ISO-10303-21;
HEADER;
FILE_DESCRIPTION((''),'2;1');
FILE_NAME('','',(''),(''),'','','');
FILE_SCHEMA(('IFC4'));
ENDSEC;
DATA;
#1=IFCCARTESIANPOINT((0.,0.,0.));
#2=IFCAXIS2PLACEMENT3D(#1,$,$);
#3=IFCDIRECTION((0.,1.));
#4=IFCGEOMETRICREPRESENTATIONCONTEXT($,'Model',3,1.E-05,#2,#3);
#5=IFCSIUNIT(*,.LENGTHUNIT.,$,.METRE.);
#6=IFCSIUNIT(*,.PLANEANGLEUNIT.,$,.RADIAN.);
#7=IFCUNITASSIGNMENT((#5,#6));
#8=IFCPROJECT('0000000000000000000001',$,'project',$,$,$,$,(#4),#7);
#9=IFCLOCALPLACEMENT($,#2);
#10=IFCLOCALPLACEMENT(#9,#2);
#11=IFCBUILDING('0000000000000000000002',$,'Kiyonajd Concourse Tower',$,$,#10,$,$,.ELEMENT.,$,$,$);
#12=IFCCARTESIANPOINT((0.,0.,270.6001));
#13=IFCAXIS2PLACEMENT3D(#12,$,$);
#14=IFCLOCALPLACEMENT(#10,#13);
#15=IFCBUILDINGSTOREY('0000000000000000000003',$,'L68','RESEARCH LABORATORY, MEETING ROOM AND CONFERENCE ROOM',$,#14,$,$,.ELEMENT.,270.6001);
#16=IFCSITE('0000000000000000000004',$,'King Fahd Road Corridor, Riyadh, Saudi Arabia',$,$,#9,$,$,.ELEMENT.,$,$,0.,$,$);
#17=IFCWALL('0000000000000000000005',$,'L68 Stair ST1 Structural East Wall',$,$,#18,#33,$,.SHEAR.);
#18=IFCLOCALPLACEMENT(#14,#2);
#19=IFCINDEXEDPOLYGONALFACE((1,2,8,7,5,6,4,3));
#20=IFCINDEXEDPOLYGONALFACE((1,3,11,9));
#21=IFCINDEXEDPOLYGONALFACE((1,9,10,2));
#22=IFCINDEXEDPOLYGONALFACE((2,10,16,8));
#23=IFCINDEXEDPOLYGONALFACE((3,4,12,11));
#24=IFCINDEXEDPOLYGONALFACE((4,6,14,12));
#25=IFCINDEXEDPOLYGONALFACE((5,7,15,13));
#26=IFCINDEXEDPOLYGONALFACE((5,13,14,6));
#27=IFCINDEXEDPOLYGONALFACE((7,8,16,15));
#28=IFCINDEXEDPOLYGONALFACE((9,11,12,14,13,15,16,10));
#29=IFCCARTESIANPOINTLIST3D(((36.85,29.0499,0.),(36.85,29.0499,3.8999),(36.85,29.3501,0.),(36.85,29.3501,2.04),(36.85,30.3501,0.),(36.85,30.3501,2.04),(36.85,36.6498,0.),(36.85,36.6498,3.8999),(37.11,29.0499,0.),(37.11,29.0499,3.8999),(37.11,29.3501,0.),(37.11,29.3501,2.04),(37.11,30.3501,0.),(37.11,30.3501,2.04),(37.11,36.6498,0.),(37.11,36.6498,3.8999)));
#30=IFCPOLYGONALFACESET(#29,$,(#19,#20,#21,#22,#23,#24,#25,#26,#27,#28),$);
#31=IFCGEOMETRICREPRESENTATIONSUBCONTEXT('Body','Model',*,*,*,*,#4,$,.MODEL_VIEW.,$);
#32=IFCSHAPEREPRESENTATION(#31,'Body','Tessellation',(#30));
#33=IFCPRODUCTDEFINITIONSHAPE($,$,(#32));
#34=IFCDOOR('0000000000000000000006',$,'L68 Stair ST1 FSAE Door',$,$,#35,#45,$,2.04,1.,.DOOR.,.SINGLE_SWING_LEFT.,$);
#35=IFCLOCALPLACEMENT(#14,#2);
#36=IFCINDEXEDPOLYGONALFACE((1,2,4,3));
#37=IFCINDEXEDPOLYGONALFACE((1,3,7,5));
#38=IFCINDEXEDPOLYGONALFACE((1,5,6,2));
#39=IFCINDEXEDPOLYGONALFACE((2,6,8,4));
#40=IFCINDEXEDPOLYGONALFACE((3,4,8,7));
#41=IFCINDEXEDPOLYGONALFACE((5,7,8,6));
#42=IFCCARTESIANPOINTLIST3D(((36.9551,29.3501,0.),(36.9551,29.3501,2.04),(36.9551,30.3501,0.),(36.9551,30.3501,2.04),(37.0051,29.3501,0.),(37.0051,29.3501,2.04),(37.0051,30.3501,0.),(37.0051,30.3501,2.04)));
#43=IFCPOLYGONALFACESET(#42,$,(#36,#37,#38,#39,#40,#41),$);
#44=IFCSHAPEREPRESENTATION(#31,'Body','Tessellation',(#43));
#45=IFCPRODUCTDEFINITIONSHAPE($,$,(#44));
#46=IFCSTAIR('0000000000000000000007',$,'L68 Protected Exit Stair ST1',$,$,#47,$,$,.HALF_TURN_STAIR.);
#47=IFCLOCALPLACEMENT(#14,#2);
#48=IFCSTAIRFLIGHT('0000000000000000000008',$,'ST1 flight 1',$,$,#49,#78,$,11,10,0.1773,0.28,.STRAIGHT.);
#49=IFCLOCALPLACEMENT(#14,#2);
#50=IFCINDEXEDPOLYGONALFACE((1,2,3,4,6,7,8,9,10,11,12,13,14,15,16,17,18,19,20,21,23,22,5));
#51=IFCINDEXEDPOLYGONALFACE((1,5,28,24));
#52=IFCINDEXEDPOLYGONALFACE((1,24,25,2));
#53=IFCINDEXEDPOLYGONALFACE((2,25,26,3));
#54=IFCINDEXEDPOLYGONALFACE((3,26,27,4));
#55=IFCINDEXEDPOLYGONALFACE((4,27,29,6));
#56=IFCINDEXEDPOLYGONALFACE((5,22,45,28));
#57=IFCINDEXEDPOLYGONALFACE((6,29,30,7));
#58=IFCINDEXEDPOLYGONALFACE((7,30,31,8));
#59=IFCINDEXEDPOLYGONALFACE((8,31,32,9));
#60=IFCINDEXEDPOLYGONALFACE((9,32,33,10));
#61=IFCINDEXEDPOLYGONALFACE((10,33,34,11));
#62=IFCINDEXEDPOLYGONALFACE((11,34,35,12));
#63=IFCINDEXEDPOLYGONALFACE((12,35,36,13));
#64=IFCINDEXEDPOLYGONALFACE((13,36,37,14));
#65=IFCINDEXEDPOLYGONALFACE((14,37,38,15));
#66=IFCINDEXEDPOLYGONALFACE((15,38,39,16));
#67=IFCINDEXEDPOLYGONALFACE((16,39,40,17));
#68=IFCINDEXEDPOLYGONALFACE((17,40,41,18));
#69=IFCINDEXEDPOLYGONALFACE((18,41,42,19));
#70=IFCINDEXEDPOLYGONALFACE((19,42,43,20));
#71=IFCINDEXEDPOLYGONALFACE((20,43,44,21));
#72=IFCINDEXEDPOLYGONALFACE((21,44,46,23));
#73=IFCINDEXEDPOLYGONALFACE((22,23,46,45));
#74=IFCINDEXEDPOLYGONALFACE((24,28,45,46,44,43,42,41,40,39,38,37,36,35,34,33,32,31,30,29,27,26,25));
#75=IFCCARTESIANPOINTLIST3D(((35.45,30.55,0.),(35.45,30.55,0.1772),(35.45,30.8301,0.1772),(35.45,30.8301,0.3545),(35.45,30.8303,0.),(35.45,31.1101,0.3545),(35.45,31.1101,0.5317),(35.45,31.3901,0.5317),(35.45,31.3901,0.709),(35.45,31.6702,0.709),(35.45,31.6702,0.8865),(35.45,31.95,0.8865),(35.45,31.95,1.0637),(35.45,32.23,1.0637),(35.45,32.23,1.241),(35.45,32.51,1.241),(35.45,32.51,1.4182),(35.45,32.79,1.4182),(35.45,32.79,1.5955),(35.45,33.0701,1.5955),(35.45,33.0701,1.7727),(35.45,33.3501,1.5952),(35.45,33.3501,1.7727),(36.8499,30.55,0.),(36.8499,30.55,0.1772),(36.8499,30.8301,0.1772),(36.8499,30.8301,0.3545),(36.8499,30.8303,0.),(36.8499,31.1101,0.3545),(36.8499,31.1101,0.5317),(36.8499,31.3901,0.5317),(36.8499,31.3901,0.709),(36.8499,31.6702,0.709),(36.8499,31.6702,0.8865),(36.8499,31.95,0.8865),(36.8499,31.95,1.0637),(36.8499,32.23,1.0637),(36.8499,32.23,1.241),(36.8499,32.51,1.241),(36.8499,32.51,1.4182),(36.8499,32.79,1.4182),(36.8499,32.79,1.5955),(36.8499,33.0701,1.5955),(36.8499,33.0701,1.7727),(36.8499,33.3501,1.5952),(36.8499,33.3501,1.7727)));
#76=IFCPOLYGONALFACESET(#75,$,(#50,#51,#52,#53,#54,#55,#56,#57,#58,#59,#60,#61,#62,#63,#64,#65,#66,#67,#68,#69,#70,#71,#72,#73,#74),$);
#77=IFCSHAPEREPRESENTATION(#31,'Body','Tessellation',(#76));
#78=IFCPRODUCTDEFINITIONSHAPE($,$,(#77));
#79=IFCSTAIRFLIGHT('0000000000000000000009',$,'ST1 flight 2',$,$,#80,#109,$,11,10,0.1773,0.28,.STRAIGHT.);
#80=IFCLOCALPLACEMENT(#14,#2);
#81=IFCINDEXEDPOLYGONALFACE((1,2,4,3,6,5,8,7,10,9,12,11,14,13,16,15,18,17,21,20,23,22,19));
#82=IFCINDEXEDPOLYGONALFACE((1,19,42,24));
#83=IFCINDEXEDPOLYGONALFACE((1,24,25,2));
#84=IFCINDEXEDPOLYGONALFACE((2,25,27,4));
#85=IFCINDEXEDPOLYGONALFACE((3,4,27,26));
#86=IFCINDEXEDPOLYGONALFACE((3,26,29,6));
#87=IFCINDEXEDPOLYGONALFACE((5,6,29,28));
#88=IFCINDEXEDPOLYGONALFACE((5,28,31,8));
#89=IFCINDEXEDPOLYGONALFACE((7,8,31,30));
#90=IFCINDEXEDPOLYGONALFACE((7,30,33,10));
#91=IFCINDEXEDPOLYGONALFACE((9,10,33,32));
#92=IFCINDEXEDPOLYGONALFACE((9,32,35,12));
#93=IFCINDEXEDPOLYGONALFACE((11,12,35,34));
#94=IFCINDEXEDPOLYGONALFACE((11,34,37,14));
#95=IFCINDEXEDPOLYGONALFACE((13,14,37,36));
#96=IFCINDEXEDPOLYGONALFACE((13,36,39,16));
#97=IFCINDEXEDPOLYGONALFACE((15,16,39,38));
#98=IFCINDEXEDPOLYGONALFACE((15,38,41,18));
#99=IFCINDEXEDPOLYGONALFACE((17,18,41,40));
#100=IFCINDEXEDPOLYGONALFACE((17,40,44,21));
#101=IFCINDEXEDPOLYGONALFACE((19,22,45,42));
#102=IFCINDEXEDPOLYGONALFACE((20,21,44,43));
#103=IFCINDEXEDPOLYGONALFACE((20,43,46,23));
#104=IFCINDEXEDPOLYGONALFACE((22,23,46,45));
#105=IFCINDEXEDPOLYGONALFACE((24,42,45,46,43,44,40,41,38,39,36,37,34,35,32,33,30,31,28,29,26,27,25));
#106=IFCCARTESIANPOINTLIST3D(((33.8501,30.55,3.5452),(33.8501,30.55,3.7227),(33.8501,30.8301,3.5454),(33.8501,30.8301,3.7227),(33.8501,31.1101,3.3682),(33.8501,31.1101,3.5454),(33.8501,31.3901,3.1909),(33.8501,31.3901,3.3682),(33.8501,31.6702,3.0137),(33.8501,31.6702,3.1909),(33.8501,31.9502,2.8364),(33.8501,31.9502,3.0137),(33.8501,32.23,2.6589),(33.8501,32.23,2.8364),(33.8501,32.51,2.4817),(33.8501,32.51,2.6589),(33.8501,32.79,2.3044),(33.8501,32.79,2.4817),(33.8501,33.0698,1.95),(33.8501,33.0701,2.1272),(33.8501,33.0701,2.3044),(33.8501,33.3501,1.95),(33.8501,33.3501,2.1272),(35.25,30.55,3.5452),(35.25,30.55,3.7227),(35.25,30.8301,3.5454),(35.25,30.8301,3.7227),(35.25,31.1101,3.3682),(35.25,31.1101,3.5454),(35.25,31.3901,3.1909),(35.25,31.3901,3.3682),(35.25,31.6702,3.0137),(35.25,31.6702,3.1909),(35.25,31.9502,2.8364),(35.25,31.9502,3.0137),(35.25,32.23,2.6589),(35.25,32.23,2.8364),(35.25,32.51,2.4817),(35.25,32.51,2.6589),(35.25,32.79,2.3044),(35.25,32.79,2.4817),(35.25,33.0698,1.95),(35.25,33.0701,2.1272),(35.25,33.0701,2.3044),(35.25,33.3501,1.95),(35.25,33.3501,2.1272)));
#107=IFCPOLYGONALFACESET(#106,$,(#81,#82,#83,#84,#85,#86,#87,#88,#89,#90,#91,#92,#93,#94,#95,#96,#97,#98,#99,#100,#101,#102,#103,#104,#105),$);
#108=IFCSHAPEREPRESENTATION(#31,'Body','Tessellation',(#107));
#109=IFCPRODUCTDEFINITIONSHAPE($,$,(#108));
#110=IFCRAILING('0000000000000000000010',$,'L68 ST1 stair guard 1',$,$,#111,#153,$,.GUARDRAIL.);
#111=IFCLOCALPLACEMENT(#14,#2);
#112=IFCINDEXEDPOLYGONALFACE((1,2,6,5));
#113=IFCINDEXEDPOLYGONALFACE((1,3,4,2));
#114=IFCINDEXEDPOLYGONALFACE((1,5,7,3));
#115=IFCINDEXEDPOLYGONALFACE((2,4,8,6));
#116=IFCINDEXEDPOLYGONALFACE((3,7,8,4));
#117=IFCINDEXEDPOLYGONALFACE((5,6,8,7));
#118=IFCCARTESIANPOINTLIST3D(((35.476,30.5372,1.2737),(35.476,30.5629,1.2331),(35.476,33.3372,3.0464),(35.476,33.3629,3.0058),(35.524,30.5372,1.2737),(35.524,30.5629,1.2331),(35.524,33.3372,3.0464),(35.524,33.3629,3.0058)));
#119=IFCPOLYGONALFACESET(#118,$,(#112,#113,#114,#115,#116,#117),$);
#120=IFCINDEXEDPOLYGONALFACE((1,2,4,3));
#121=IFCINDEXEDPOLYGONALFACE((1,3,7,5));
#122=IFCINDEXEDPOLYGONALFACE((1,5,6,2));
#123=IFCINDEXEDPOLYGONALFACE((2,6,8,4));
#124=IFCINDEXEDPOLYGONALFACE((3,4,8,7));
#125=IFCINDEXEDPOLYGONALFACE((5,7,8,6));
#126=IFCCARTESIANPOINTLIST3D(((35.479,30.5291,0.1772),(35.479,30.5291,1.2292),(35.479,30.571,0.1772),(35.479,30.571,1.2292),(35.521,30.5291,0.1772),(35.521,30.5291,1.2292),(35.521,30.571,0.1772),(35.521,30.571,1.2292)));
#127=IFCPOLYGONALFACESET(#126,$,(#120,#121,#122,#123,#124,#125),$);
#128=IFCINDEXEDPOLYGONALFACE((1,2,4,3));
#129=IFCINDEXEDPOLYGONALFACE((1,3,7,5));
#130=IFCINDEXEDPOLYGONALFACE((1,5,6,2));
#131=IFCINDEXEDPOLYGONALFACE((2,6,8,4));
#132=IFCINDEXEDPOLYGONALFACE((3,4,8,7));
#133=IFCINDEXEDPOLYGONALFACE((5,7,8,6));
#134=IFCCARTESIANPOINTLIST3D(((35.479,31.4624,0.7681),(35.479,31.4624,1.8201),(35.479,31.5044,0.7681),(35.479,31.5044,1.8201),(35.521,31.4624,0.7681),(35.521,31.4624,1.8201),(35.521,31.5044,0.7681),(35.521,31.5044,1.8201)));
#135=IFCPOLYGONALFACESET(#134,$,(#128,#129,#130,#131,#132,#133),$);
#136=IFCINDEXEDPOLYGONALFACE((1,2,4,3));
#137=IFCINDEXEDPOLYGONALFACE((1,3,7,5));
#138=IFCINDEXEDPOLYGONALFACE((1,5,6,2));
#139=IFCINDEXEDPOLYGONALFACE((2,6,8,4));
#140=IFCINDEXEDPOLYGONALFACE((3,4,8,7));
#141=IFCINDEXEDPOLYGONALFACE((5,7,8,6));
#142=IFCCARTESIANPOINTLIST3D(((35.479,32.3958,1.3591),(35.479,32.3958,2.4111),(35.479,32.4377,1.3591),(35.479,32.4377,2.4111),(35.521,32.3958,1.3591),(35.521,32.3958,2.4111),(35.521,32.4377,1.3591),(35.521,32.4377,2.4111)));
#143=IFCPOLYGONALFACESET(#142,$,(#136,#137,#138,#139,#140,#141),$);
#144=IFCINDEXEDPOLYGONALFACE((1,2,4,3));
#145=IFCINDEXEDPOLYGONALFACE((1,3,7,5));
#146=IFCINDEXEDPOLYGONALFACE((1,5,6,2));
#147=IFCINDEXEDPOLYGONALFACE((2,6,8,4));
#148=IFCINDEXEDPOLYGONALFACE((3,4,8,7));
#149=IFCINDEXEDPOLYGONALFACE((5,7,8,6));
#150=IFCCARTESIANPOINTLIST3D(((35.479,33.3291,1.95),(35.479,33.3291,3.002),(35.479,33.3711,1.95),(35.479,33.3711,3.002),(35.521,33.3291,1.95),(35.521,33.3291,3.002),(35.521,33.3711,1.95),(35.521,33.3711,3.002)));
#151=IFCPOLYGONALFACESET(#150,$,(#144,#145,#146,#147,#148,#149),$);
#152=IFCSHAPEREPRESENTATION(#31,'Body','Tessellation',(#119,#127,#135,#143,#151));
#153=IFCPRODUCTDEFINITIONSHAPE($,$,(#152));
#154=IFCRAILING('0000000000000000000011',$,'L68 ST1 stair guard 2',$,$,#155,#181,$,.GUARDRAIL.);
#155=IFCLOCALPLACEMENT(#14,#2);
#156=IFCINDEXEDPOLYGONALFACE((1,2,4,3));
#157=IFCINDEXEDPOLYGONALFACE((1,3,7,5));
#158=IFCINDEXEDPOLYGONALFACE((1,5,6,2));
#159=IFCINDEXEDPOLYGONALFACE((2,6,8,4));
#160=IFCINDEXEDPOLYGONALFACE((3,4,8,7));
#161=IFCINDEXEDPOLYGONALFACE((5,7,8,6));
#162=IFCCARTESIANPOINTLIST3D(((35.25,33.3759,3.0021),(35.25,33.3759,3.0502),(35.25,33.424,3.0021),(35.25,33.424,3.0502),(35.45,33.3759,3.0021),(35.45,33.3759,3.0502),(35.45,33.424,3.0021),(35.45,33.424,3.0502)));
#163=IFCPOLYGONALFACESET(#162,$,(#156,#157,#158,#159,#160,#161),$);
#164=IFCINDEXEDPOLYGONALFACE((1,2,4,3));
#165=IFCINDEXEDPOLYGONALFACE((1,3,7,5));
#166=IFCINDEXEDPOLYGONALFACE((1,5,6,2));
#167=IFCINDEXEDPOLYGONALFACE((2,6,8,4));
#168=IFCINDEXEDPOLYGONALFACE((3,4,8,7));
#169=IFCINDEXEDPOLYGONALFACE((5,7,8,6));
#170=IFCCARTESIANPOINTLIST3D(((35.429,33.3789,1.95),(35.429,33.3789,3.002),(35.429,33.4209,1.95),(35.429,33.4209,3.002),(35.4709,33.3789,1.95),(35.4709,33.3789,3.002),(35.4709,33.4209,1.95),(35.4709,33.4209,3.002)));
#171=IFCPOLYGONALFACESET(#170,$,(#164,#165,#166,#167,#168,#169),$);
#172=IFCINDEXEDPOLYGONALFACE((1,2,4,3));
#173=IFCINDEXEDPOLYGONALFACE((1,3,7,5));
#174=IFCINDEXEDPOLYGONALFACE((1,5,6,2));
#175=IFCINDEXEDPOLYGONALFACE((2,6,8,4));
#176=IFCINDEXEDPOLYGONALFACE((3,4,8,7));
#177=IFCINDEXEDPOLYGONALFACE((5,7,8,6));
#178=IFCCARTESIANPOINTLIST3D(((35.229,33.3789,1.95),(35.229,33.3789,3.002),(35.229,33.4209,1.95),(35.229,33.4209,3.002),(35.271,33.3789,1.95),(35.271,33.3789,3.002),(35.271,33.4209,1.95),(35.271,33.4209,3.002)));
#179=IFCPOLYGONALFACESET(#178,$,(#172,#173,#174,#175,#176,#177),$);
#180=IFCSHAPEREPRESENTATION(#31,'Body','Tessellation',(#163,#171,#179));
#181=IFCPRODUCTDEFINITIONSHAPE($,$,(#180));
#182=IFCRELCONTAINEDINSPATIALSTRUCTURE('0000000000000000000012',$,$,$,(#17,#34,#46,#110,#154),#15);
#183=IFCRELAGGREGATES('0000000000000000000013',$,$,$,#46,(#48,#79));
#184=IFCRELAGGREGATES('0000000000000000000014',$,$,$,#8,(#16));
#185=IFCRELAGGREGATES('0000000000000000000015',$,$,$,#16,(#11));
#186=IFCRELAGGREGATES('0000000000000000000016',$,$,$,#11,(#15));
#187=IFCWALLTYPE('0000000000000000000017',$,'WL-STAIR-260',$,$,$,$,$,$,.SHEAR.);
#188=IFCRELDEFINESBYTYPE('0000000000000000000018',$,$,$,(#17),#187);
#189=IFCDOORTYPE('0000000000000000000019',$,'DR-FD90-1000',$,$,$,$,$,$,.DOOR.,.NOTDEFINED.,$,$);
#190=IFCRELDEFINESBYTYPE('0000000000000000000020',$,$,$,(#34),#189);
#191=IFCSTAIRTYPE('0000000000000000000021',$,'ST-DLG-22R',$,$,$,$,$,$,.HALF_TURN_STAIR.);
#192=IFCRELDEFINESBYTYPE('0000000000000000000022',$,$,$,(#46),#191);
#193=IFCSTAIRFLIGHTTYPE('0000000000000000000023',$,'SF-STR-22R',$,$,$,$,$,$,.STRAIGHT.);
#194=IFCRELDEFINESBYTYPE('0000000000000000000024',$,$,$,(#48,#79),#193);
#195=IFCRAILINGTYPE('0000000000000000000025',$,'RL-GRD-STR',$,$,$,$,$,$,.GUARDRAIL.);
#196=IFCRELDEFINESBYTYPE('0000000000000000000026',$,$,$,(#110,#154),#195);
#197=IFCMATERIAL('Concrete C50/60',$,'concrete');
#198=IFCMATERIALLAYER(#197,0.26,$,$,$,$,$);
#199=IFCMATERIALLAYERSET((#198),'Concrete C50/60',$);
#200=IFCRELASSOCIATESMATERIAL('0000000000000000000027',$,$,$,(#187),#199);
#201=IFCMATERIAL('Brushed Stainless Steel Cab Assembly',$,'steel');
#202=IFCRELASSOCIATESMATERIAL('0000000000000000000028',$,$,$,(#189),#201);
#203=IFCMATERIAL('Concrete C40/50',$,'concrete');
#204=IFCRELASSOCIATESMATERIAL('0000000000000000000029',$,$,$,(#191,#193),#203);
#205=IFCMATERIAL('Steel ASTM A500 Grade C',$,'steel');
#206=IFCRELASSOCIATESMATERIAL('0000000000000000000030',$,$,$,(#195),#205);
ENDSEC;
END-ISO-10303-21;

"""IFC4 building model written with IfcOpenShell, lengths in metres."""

from ifc_helpers import new_model, si_unit, direction, frame, frame_2d, origin, origin_2d, place, context, subcontext, project, spatial, polyline, rectangle, outline, extrude, material, layer, layer_set, type_object, element, fill, aggregate, save


model = new_model("IFC4")

# Units and contexts
model_context = context("Model", 3, precision=1e-05, world=origin(), true_north=direction((0.0, 1.0)))
body_context = subcontext(model_context, "Body", "Model", "MODEL_VIEW")
ifc_project = project(units=[si_unit("LENGTHUNIT", "METRE"), si_unit("PLANEANGLEUNIT", "RADIAN")], contexts=[model_context])

# Site, building, storey
site_placement = place(None, origin())
site = spatial("IfcSite", under=ifc_project, at=site_placement, Name="King Fahd Road Corridor, Riyadh, Saudi Arabia", CompositionType="ELEMENT", RefElevation=0.0)
building_placement = place(site_placement, origin())
building = spatial("IfcBuilding", under=site, at=building_placement, Name="Kiyonajd Concourse Tower", CompositionType="ELEMENT")
storey_placement = place(building_placement, frame((0.0, 0.0, 270.6001)))
storey = spatial("IfcBuildingStorey", under=building, at=storey_placement, Name="L68", Description="RESEARCH LABORATORY, MEETING ROOM AND CONFERENCE ROOM", CompositionType="ELEMENT", Elevation=270.6001)

# Shared definitions
ifc_material_1 = material(Name="Concrete C50/60", Category="concrete")

# Shared definitions
ifc_material_2 = material(Name="Brushed Stainless Steel Cab Assembly", Category="steel")

# Shared definitions
ifc_layer_1 = layer(ifc_material_1, 0.26)
ifc_layer_set_1 = layer_set([ifc_layer_1], Name="Concrete C50/60")
wall_type_1 = type_object("IfcWallType", Name="WL-STAIR-260", PredefinedType="SHEAR", material=ifc_layer_set_1)

# Wall, opening, door
wall_1_placement = place(storey_placement, frame((36.98, 29.05, 0.0), z_axis=(0.0, 0.0, 1.0), x_axis=(0.0, 1.0, 0.0)))
wall_1 = element("IfcWall", 1, at=wall_1_placement, inside=storey, type_object=wall_type_1, Name="L68 Stair ST1 Structural East Wall", PredefinedType="SHEAR", context=body_context, shape_type="SweptSolid", body=[
    extrude(rectangle(XDim=7.5999, YDim=0.26, at=frame_2d((3.7998, 0.0))), origin(), (0.0, 0.0, 1.0), 3.8999),
])
opening_1_placement = place(wall_1_placement, frame((0.3, 0.0, 0.0)))
opening_1 = element("IfcOpeningElement", 2, at=opening_1_placement, cuts=wall_1, PredefinedType="OPENING", context=body_context, shape_type="SweptSolid", body=[
    extrude(rectangle(XDim=1.0, YDim=2.04, at=frame_2d((0.5, 1.02))), frame((0.0, 0.1399, 0.0), z_axis=(0.0, -1.0, 0.0), x_axis=(1.0, 0.0, 0.0)), (0.0, 0.0, 1.0), 0.28),
])
door_type_1 = type_object("IfcDoorType", Name="DR-FD90-1000", OperationType="NOTDEFINED", PredefinedType="DOOR", material=ifc_material_2)
door_1_placement = place(opening_1_placement, origin())
door_1 = element("IfcDoor", 3, at=door_1_placement, inside=storey, type_object=door_type_1, Name="L68 Stair ST1 FSAE Door", OperationType="SINGLE_SWING_LEFT", OverallHeight=2.04, OverallWidth=1.0, PredefinedType="DOOR", context=body_context, shape_type="SweptSolid", body=[
    extrude(rectangle(XDim=1.0, YDim=2.04, at=frame_2d((0.5, 1.02))), frame((0.0, 0.0249, 0.0), z_axis=(0.0, -1.0, 0.0), x_axis=(1.0, 0.0, 0.0)), (0.0, 0.0, 1.0), 0.05),
])
fill(opening_1, door_1)

# Stair, stair flights
ifc_material_3 = material(Name="Concrete C40/50", Category="concrete")
stair_type = type_object("IfcStairType", Name="ST-DLG-22R", PredefinedType="HALF_TURN_STAIR", material=ifc_material_3)
stair_placement = place(storey_placement, origin())
stair = element("IfcStair", 4, at=stair_placement, inside=storey, type_object=stair_type, Name="L68 Protected Exit Stair ST1", PredefinedType="HALF_TURN_STAIR")
stair_flight_type = type_object("IfcStairFlightType", Name="SF-STR-22R", PredefinedType="STRAIGHT", material=ifc_material_3)
stair_flight_1_placement = place(storey_placement, frame((36.1499, 30.55, 0.0), z_axis=(0.0, 0.0, 1.0), x_axis=(0.0, 1.0, 0.0)))
stair_flight_1 = element("IfcStairFlight", 5, at=stair_flight_1_placement, type_object=stair_flight_type, Name="ST1 flight 1", NumberOfRisers=11, NumberOfTreads=10, PredefinedType="STRAIGHT", RiserHeight=0.1773, TreadLength=0.28, context=body_context, shape_type="SweptSolid", body=[
    extrude(outline(polyline([(0.0, 0.0), (0.0, 0.1772), (0.28, 0.1772), (0.28, 0.3545), (0.5601, 0.3545), (0.5601, 0.5317), (0.8401, 0.5317), (0.8401, 0.709), (1.1201, 0.709), (1.1201, 0.8865), (1.3999, 0.8865), (1.3999, 1.0637), (1.6799, 1.0637), (1.6799, 1.241), (1.96, 1.241), (1.96, 1.4182), (2.24, 1.4182), (2.24, 1.5955), (2.52, 1.5955), (2.52, 1.7727), (2.8, 1.7727), (2.8, 1.95), (2.8, 1.5952), (0.2803, 0.0), (0.0, 0.0)])), frame((0.0, 0.7, 0.0), z_axis=(0.0, -1.0, 0.0), x_axis=(1.0, 0.0, 0.0)), (0.0, 0.0, 1.0), 1.3999),
])
stair_flight_2_placement = place(storey_placement, frame((34.55, 33.3501, 1.95), z_axis=(0.0, 0.0, 1.0), x_axis=(0.0, -1.0, 0.0)))
stair_flight_2 = element("IfcStairFlight", 6, at=stair_flight_2_placement, type_object=stair_flight_type, Name="ST1 flight 2", NumberOfRisers=11, NumberOfTreads=10, PredefinedType="STRAIGHT", RiserHeight=0.1773, TreadLength=0.28, context=body_context, shape_type="SweptSolid", body=[
    extrude(outline(polyline([(0.0, 0.0), (0.0, 0.1772), (0.28, 0.1772), (0.28, 0.3545), (0.5601, 0.3545), (0.5601, 0.5317), (0.8401, 0.5317), (0.8401, 0.709), (1.1201, 0.709), (1.1201, 0.8865), (1.3999, 0.8865), (1.3999, 1.0637), (1.6799, 1.0637), (1.6799, 1.241), (1.96, 1.241), (1.96, 1.4182), (2.24, 1.4182), (2.24, 1.5955), (2.52, 1.5955), (2.52, 1.7727), (2.8, 1.7727), (2.8, 1.95), (2.8, 1.5952), (0.2803, 0.0), (0.0, 0.0)])), frame((0.0, 0.7, 0.0), z_axis=(0.0, -1.0, 0.0), x_axis=(1.0, 0.0, 0.0)), (0.0, 0.0, 1.0), 1.3999),
])
aggregate(stair, [stair_flight_1, stair_flight_2])

# Railings
ifc_material_4 = material(Name="Steel ASTM A500 Grade C", Category="steel")
railing_type_1 = type_object("IfcRailingType", Name="RL-GRD-STR", PredefinedType="GUARDRAIL", material=ifc_material_4)
railing_1_placement = place(storey_placement, frame((35.5, 30.55, 0.1772)))
element("IfcRailing", 7, at=railing_1_placement, inside=storey, type_object=railing_type_1, Name="L68 ST1 stair guard 1", PredefinedType="GUARDRAIL", context=body_context, shape_type="SweptSolid", body=[
    extrude(rectangle(XDim=0.0481, YDim=0.0481, at=origin_2d()), frame((0.0, 0.0, 1.0762), z_axis=(0.0, 0.844909, 0.53491), x_axis=(-1.0, 0.0, 0.0)), (0.0, 0.0, 1.0), 3.314),
    extrude(rectangle(XDim=0.042, YDim=0.042, at=origin_2d()), origin(), (0.0, 0.0, 1.0), 1.052),
    extrude(rectangle(XDim=0.042, YDim=0.042, at=origin_2d()), frame((0.0, 0.9333, 0.5908)), (0.0, 0.0, 1.0), 1.052),
    extrude(rectangle(XDim=0.042, YDim=0.042, at=origin_2d()), frame((0.0, 1.8667, 1.1819)), (0.0, 0.0, 1.0), 1.052),
    extrude(rectangle(XDim=0.042, YDim=0.042, at=origin_2d()), frame((0.0, 2.8, 1.7727)), (0.0, 0.0, 1.0), 1.052),
])
railing_2_placement = place(storey_placement, frame((35.45, 33.3999, 1.95)))
element("IfcRailing", 8, at=railing_2_placement, inside=storey, type_object=railing_type_1, Name="L68 ST1 stair guard 2", PredefinedType="GUARDRAIL", context=body_context, shape_type="SweptSolid", body=[
    extrude(rectangle(XDim=0.0481, YDim=0.0481, at=origin_2d()), frame((0.0, 0.0, 1.0762), z_axis=(-1.0, 0.0, 0.0), x_axis=(0.0, -1.0, 0.0)), (0.0, 0.0, 1.0), 0.2),
    extrude(rectangle(XDim=0.042, YDim=0.042, at=origin_2d()), origin(), (0.0, 0.0, 1.0), 1.052),
    extrude(rectangle(XDim=0.042, YDim=0.042, at=origin_2d()), frame((-0.2, 0.0, 0.0)), (0.0, 0.0, 1.0), 1.052),
])

save(model, "model.ifc")
